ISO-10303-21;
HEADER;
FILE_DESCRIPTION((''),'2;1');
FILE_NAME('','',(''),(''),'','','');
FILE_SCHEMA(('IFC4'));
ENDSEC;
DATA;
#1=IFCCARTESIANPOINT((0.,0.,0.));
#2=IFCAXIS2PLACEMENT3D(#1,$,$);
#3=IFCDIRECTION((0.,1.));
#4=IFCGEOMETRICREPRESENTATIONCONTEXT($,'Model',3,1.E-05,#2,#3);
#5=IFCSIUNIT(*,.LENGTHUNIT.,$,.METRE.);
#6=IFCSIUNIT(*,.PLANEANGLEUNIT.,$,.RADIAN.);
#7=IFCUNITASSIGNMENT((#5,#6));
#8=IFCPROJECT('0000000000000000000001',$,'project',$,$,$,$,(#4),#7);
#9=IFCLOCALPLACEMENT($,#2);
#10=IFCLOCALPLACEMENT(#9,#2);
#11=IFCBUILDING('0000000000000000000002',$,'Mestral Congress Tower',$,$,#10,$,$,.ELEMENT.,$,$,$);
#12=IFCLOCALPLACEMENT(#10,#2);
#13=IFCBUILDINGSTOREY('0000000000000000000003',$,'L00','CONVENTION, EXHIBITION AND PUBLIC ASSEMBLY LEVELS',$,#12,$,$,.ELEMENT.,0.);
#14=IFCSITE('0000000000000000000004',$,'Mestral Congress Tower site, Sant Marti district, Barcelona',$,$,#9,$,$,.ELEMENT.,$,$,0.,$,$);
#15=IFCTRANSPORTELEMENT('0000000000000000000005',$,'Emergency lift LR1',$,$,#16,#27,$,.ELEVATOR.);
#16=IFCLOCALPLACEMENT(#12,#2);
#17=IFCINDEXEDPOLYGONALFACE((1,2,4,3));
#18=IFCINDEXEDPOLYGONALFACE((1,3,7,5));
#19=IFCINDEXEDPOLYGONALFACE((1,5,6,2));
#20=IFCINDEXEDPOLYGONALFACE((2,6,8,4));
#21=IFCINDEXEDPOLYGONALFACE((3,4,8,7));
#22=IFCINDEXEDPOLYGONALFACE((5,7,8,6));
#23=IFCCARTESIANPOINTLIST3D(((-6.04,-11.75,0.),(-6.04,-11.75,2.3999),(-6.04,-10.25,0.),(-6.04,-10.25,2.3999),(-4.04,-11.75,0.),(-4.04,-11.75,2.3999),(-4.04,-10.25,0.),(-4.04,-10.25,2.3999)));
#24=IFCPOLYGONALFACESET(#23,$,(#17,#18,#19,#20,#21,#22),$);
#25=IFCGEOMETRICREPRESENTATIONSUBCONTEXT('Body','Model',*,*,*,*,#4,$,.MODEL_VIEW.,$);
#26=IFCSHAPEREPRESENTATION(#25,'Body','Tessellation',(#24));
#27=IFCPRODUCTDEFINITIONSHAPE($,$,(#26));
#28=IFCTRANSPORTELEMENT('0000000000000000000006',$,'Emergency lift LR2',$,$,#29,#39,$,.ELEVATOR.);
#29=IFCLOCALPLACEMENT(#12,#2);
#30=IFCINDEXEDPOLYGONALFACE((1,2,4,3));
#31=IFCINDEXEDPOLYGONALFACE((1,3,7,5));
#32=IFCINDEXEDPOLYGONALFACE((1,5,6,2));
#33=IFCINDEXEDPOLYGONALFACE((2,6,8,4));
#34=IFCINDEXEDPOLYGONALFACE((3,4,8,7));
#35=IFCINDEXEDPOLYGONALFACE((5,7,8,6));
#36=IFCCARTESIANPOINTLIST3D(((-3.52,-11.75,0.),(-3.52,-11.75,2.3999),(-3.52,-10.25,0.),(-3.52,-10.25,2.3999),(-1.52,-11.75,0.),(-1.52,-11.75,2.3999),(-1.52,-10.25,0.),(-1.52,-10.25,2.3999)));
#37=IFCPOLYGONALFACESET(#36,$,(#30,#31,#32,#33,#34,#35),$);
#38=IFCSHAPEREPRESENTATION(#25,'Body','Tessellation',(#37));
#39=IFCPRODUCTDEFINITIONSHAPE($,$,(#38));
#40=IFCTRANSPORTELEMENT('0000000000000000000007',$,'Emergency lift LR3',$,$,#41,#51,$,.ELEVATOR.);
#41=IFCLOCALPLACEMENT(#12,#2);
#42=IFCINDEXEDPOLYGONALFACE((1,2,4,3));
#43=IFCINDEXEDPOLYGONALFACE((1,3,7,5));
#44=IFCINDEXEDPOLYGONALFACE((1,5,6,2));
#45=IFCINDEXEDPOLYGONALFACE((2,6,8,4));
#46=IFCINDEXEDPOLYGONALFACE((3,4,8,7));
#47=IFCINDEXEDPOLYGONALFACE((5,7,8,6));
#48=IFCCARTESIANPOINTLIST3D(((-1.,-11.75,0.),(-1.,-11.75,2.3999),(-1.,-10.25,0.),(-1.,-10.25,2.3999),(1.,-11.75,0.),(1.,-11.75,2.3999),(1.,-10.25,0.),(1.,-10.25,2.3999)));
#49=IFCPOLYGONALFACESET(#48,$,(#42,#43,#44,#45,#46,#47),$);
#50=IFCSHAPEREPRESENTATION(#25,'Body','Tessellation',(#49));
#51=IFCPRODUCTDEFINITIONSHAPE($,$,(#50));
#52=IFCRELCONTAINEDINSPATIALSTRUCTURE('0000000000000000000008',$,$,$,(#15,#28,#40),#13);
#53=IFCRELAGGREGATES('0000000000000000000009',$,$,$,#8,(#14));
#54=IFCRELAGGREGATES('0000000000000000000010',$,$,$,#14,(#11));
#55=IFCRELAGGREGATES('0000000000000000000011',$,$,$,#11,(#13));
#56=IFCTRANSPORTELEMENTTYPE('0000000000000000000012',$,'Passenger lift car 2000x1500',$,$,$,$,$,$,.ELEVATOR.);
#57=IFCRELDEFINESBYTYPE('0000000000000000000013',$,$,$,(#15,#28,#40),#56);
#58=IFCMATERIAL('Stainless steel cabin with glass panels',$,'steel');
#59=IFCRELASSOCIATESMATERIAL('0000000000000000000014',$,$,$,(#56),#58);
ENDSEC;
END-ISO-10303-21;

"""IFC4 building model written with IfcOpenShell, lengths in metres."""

from ifc_helpers import new_model, si_unit, direction, frame, origin, origin_2d, place, context, subcontext, project, spatial, rectangle, extrude, material, type_object, element, save


model = new_model("IFC4")

# Units and contexts
model_context = context("Model", 3, precision=1e-05, world=origin(), true_north=direction((0.0, 1.0)))
body_context = subcontext(model_context, "Body", "Model", "MODEL_VIEW")
ifc_project = project(units=[si_unit("LENGTHUNIT", "METRE"), si_unit("PLANEANGLEUNIT", "RADIAN")], contexts=[model_context])

# Site, building, storey
site_placement = place(None, origin())
site = spatial("IfcSite", under=ifc_project, at=site_placement, Name="Mestral Congress Tower site, Sant Marti district, Barcelona", CompositionType="ELEMENT", RefElevation=0.0)
building_placement = place(site_placement, origin())
building = spatial("IfcBuilding", under=site, at=building_placement, Name="Mestral Congress Tower", CompositionType="ELEMENT")
storey_placement = place(building_placement, origin())
storey = spatial("IfcBuildingStorey", under=building, at=storey_placement, Name="L00", Description="CONVENTION, EXHIBITION AND PUBLIC ASSEMBLY LEVELS", CompositionType="ELEMENT", Elevation=0.0)

# Transport elements
ifc_material_1 = material(Name="Stainless steel cabin with glass panels", Category="steel")
transport_element_type = type_object("IfcTransportElementType", Name="Passenger lift car 2000x1500", PredefinedType="ELEVATOR", material=ifc_material_1)
for number, where, z_axis, x_axis, name in (
    (1, (-5.04, -11.0, 0.0), (0.0, 0.0, 1.0), (0.0, -1.0, 0.0), "Emergency lift LR1"),
    (2, (-2.52, -11.0, 0.0), (0.0, 0.0, 1.0), (0.0, -1.0, 0.0), "Emergency lift LR2"),
    (3, (0.0, -11.0, 0.0), (0.0, 0.0, 1.0), (0.0, -1.0, 0.0), "Emergency lift LR3"),
):
    element("IfcTransportElement", number, at=place(storey_placement, frame(where, z_axis=z_axis, x_axis=x_axis)), inside=storey, type_object=transport_element_type, Name=name, PredefinedType="ELEVATOR", context=body_context, shape_type="SweptSolid", body=[
        extrude(rectangle(XDim=1.5, YDim=2.0, at=origin_2d()), origin(), (0.0, 0.0, 1.0), 2.3999),
    ])

save(model, "model.ifc")
